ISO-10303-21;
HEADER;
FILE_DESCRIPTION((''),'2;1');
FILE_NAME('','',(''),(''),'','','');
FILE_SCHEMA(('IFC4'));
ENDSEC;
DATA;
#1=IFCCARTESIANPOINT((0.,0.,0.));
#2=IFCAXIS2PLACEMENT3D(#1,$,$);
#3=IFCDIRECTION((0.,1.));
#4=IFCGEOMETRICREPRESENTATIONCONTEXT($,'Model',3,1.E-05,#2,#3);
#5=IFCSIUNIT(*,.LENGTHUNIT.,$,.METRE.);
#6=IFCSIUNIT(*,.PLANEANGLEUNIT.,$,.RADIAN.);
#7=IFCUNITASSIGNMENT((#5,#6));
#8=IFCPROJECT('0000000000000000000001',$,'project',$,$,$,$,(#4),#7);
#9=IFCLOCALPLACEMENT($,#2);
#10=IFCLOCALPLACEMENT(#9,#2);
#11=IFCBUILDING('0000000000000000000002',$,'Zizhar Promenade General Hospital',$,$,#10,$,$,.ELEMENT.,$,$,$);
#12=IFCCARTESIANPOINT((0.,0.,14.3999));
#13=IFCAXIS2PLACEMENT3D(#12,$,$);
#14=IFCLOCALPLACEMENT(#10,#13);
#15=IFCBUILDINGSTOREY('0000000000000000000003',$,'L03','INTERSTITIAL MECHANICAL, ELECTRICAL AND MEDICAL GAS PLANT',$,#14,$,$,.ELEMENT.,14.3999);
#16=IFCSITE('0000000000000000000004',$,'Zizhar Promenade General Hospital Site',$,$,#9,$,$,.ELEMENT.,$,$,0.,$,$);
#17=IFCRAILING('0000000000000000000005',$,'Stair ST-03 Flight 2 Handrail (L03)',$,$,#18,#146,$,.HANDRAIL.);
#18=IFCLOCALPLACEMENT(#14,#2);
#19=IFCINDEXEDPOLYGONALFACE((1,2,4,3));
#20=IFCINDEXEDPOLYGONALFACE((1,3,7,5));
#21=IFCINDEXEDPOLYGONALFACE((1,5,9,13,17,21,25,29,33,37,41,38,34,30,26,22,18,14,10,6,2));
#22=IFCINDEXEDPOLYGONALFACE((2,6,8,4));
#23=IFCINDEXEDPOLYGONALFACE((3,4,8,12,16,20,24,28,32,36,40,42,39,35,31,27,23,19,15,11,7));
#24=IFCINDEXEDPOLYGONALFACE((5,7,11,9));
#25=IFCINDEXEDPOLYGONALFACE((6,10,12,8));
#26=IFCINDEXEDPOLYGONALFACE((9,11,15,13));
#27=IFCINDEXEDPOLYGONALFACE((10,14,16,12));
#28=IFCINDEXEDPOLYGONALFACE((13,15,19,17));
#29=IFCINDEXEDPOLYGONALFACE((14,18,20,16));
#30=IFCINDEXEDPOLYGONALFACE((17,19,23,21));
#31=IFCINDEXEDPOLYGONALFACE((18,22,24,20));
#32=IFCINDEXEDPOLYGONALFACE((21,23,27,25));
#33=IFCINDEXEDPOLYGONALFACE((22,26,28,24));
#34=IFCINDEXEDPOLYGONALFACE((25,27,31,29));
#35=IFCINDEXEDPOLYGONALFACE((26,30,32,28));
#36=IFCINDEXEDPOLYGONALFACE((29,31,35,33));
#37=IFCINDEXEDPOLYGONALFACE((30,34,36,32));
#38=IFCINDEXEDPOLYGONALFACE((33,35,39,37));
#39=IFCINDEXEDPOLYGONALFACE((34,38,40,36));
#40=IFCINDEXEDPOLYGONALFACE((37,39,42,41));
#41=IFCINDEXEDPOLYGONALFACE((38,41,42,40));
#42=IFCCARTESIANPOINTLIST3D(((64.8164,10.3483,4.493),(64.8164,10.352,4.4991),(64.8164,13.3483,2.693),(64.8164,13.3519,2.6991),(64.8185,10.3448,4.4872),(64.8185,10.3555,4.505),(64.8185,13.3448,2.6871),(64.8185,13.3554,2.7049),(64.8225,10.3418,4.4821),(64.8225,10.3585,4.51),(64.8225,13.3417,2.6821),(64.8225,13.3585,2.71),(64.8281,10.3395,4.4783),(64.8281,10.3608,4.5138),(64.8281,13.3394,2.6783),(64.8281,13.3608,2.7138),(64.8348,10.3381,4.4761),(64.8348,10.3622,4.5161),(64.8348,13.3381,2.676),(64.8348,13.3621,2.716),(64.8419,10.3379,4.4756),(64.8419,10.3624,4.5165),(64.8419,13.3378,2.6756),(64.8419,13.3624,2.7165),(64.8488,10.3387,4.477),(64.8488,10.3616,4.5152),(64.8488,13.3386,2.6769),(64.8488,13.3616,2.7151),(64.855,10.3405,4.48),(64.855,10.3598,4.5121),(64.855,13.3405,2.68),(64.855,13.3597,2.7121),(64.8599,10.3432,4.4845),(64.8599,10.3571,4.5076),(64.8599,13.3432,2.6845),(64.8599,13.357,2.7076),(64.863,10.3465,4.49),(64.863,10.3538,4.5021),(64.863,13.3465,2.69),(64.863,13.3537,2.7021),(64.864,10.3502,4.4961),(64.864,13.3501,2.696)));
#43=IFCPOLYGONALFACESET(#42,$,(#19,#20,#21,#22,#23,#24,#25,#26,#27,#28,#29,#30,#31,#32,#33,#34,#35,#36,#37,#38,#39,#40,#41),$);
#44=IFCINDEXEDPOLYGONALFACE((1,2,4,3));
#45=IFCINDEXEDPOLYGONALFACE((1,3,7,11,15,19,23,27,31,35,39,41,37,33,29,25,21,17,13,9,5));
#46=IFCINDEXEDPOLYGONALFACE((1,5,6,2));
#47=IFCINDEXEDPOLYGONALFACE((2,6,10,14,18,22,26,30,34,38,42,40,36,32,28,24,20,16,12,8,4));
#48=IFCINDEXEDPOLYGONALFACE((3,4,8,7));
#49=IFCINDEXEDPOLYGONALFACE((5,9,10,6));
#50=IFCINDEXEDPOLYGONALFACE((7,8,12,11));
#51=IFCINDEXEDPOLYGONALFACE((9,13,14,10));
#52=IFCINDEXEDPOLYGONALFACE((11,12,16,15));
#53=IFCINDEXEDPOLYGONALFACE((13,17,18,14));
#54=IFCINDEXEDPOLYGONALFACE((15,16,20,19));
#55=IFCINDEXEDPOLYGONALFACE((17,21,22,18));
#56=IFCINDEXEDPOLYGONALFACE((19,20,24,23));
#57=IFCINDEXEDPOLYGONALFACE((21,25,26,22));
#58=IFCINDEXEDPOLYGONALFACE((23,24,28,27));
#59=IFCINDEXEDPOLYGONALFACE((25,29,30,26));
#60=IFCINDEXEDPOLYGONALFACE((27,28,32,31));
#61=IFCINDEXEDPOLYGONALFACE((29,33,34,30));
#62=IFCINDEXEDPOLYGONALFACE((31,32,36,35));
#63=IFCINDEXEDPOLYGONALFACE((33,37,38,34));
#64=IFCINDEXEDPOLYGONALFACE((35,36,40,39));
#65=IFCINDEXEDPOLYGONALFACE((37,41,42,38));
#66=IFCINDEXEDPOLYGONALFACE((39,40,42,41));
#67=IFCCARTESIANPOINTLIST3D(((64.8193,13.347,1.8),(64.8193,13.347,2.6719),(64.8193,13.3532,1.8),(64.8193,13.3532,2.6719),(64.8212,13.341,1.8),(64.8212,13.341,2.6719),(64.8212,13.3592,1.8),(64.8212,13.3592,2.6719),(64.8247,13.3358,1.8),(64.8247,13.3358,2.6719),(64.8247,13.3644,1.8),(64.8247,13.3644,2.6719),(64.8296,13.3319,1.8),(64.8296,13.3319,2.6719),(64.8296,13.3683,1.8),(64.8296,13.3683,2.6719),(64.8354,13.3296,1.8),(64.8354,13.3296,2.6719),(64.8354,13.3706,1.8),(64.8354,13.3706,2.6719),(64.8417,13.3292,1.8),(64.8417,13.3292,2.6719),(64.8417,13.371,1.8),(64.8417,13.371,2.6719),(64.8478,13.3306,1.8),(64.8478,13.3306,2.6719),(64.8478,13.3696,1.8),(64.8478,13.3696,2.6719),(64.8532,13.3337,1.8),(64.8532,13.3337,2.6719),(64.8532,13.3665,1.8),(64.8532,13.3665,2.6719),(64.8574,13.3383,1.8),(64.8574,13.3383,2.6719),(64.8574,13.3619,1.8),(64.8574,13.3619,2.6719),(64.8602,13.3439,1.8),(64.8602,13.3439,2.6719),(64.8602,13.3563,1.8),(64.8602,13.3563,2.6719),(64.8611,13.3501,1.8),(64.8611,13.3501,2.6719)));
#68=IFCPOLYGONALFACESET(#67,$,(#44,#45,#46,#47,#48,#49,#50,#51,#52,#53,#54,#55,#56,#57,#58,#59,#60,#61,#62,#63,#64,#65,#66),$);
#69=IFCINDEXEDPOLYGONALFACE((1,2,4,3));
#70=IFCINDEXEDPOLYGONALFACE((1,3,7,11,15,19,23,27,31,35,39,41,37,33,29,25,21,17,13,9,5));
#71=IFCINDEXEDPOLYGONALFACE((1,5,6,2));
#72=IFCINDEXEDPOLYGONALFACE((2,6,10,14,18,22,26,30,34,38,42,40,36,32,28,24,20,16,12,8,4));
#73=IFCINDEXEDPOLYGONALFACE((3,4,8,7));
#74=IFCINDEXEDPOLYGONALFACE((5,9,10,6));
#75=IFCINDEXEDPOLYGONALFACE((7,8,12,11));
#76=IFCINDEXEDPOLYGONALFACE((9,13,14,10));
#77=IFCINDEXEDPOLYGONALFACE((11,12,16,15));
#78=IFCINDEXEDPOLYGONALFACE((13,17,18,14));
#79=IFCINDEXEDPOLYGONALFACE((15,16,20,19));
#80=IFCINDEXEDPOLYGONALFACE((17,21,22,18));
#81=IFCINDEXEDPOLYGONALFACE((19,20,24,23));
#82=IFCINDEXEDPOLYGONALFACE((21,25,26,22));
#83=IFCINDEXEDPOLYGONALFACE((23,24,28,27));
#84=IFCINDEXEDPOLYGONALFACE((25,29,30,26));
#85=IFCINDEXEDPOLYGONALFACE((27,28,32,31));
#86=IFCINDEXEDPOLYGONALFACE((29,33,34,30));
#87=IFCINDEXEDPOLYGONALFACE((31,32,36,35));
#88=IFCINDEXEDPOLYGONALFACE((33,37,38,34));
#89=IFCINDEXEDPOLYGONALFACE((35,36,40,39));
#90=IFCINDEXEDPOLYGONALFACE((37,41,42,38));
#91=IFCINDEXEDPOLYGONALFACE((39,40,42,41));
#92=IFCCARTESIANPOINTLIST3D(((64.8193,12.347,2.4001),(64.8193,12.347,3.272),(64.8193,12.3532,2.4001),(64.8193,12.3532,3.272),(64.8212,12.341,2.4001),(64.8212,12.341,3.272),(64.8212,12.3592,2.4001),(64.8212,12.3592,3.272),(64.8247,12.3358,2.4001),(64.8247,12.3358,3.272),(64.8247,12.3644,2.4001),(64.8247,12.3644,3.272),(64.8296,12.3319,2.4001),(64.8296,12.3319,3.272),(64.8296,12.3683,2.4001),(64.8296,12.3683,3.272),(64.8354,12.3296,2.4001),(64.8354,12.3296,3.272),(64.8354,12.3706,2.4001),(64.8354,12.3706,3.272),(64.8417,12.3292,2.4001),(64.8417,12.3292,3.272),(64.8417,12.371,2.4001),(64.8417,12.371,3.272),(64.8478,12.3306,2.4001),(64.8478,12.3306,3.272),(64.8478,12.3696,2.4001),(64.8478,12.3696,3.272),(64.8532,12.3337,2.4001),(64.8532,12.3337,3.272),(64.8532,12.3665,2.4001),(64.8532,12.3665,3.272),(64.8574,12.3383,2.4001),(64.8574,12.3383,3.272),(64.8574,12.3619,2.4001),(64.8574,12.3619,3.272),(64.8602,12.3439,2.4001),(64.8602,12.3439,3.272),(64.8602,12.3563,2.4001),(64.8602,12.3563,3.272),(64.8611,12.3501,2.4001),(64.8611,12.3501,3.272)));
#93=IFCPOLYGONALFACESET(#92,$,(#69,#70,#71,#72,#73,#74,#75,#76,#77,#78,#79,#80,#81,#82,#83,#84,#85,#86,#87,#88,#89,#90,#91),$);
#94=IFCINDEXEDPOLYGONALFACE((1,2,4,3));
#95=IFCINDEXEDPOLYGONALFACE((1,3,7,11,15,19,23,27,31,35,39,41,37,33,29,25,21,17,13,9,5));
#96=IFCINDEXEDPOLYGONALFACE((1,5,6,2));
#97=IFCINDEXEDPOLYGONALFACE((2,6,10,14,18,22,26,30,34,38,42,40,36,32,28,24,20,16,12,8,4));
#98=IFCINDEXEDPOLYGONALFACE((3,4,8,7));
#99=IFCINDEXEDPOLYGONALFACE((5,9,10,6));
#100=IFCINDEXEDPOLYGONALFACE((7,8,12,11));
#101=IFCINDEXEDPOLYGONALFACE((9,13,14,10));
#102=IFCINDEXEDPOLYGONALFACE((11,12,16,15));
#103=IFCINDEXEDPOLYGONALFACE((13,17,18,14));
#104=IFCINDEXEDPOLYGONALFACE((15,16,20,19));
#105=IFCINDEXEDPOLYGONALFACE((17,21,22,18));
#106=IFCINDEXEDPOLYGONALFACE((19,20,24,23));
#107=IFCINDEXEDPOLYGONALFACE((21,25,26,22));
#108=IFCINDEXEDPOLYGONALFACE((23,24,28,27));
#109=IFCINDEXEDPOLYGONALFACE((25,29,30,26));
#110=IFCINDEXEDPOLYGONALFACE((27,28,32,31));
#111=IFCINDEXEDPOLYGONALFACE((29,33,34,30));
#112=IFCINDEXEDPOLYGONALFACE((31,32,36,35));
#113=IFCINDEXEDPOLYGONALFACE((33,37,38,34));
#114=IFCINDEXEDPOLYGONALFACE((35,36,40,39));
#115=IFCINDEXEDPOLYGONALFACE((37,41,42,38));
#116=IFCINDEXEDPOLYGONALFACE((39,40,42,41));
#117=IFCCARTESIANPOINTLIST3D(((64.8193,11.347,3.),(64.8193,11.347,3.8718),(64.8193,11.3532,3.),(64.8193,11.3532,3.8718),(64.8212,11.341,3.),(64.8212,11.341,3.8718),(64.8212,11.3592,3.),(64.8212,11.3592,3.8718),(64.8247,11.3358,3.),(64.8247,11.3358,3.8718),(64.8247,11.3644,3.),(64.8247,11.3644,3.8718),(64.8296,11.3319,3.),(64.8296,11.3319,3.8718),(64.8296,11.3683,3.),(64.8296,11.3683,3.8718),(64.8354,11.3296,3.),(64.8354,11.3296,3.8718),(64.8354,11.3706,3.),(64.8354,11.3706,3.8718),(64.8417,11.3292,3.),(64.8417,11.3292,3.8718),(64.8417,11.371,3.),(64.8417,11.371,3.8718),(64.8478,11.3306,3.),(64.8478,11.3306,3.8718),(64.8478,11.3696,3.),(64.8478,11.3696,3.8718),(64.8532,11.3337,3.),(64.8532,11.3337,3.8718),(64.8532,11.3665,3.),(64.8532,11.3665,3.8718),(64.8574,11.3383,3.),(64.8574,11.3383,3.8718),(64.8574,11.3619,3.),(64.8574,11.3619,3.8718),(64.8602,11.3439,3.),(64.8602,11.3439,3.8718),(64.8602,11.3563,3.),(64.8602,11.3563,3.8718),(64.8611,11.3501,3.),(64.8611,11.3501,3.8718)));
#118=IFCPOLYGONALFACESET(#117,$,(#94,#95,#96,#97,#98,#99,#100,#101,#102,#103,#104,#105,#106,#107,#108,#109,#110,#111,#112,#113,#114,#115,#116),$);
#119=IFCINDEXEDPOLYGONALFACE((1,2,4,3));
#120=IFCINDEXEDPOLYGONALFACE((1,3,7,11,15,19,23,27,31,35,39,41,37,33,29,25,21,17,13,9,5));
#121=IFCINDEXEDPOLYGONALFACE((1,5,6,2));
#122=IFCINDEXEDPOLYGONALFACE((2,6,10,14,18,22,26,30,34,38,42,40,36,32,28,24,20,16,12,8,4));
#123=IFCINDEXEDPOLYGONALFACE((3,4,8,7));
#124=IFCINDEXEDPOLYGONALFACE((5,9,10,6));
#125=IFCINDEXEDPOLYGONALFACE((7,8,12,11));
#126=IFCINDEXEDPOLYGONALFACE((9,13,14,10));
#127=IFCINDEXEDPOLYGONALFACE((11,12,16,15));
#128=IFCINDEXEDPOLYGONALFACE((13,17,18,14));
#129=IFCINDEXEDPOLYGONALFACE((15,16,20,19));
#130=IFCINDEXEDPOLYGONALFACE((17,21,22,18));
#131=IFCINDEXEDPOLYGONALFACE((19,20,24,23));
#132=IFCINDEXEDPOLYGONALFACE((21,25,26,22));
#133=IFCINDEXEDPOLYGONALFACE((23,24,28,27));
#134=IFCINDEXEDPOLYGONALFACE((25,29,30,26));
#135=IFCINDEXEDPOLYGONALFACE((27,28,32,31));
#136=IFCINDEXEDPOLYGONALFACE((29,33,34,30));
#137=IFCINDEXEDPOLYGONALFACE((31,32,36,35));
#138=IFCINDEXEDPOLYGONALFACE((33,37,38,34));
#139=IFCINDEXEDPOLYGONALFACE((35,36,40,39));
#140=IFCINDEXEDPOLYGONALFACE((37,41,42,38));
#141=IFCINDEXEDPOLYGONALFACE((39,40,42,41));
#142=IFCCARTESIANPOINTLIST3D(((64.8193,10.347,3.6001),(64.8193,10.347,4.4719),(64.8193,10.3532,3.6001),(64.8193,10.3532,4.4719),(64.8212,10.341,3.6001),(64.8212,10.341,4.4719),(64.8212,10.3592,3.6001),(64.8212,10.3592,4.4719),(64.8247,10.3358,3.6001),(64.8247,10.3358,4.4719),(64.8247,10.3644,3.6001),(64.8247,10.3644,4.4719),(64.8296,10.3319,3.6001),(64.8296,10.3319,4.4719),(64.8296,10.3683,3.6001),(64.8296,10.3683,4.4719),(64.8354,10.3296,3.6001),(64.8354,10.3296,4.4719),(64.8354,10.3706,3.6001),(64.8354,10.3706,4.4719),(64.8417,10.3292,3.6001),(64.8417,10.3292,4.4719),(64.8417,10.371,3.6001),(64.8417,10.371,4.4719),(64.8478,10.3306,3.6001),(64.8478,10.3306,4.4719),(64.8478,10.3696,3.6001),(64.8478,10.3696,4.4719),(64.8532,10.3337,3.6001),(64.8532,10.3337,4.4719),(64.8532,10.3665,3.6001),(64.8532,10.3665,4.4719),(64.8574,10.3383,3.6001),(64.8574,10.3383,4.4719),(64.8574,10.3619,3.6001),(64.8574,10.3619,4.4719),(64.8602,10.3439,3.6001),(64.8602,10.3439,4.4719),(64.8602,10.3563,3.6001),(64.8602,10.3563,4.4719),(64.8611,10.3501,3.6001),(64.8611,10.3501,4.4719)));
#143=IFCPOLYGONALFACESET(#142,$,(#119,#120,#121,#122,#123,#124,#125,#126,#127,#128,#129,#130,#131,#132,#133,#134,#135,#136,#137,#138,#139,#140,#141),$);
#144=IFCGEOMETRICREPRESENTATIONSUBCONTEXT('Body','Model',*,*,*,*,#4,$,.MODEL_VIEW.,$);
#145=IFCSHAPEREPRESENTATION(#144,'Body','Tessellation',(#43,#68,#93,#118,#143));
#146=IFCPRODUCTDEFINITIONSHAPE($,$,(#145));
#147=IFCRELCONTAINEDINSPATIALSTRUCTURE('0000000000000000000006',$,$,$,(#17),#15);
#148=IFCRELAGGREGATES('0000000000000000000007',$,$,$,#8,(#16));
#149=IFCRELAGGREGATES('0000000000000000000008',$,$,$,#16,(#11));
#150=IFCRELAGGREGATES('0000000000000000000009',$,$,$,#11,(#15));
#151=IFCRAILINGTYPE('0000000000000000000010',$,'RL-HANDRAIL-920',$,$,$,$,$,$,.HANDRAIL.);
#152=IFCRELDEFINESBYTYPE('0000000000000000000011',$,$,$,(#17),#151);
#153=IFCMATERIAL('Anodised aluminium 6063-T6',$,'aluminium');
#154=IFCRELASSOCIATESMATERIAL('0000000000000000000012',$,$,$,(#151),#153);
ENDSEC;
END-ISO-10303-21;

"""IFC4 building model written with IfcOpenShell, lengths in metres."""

from ifc_helpers import new_model, si_unit, direction, frame, origin, origin_2d, place, context, subcontext, project, spatial, circle, hollow_circle, extrude, material, material_profile, profile_set, type_object, element, save


model = new_model("IFC4")

# Units and contexts
model_context = context("Model", 3, precision=1e-05, world=origin(), true_north=direction((0.0, 1.0)))
body_context = subcontext(model_context, "Body", "Model", "MODEL_VIEW")
ifc_project = project(units=[si_unit("LENGTHUNIT", "METRE"), si_unit("PLANEANGLEUNIT", "RADIAN")], contexts=[model_context])

# Site, building, storey
site_placement = place(None, origin())
site = spatial("IfcSite", under=ifc_project, at=site_placement, Name="Zizhar Promenade General Hospital Site", CompositionType="ELEMENT", RefElevation=0.0)
building_placement = place(site_placement, origin())
building = spatial("IfcBuilding", under=site, at=building_placement, Name="Zizhar Promenade General Hospital", CompositionType="ELEMENT")
storey_placement = place(building_placement, frame((0.0, 0.0, 14.3999)))
storey = spatial("IfcBuildingStorey", under=building, at=storey_placement, Name="L03", Description="INTERSTITIAL MECHANICAL, ELECTRICAL AND MEDICAL GAS PLANT", CompositionType="ELEMENT", Elevation=14.3999)

# Railing
ifc_material_1 = material(Name="Anodised aluminium 6063-T6", Category="aluminium")
ifc_material_profile_1 = material_profile(ifc_material_1, hollow_circle(Radius=0.0698, WallThickness=0.0063, at=origin_2d()))
ifc_profile_set_1 = profile_set([ifc_material_profile_1], Name="Anodised aluminium 6063-T6")
railing_type_1 = type_object("IfcRailingType", Name="RL-HANDRAIL-920", PredefinedType="HANDRAIL", material=ifc_profile_set_1)
railing_1_placement = place(storey_placement, frame((64.8401, 13.3501, 1.8)))
element("IfcRailing", 1, at=railing_1_placement, inside=storey, type_object=railing_type_1, Name="Stair ST-03 Flight 2 Handrail (L03)", PredefinedType="HANDRAIL", context=body_context, shape_type="SweptSolid", body=[
    extrude(circle(Radius=0.0239, at=origin_2d()), frame((0.0, 0.0, 0.896), z_axis=(0.0, -0.857487, 0.514506), x_axis=(1.0, 0.0, 0.0)), (0.0, 0.0, 1.0), 3.4985),
    extrude(circle(Radius=0.021, at=origin_2d()), origin(), (0.0, 0.0, 1.0), 0.8718),
    extrude(circle(Radius=0.021, at=origin_2d()), frame((0.0, -1.0, 0.6001)), (0.0, 0.0, 1.0), 0.8718),
    extrude(circle(Radius=0.021, at=origin_2d()), frame((0.0, -2.0, 1.2)), (0.0, 0.0, 1.0), 0.8718),
    extrude(circle(Radius=0.021, at=origin_2d()), frame((0.0, -3.0, 1.8)), (0.0, 0.0, 1.0), 0.8718),
])

save(model, "model.ifc")
